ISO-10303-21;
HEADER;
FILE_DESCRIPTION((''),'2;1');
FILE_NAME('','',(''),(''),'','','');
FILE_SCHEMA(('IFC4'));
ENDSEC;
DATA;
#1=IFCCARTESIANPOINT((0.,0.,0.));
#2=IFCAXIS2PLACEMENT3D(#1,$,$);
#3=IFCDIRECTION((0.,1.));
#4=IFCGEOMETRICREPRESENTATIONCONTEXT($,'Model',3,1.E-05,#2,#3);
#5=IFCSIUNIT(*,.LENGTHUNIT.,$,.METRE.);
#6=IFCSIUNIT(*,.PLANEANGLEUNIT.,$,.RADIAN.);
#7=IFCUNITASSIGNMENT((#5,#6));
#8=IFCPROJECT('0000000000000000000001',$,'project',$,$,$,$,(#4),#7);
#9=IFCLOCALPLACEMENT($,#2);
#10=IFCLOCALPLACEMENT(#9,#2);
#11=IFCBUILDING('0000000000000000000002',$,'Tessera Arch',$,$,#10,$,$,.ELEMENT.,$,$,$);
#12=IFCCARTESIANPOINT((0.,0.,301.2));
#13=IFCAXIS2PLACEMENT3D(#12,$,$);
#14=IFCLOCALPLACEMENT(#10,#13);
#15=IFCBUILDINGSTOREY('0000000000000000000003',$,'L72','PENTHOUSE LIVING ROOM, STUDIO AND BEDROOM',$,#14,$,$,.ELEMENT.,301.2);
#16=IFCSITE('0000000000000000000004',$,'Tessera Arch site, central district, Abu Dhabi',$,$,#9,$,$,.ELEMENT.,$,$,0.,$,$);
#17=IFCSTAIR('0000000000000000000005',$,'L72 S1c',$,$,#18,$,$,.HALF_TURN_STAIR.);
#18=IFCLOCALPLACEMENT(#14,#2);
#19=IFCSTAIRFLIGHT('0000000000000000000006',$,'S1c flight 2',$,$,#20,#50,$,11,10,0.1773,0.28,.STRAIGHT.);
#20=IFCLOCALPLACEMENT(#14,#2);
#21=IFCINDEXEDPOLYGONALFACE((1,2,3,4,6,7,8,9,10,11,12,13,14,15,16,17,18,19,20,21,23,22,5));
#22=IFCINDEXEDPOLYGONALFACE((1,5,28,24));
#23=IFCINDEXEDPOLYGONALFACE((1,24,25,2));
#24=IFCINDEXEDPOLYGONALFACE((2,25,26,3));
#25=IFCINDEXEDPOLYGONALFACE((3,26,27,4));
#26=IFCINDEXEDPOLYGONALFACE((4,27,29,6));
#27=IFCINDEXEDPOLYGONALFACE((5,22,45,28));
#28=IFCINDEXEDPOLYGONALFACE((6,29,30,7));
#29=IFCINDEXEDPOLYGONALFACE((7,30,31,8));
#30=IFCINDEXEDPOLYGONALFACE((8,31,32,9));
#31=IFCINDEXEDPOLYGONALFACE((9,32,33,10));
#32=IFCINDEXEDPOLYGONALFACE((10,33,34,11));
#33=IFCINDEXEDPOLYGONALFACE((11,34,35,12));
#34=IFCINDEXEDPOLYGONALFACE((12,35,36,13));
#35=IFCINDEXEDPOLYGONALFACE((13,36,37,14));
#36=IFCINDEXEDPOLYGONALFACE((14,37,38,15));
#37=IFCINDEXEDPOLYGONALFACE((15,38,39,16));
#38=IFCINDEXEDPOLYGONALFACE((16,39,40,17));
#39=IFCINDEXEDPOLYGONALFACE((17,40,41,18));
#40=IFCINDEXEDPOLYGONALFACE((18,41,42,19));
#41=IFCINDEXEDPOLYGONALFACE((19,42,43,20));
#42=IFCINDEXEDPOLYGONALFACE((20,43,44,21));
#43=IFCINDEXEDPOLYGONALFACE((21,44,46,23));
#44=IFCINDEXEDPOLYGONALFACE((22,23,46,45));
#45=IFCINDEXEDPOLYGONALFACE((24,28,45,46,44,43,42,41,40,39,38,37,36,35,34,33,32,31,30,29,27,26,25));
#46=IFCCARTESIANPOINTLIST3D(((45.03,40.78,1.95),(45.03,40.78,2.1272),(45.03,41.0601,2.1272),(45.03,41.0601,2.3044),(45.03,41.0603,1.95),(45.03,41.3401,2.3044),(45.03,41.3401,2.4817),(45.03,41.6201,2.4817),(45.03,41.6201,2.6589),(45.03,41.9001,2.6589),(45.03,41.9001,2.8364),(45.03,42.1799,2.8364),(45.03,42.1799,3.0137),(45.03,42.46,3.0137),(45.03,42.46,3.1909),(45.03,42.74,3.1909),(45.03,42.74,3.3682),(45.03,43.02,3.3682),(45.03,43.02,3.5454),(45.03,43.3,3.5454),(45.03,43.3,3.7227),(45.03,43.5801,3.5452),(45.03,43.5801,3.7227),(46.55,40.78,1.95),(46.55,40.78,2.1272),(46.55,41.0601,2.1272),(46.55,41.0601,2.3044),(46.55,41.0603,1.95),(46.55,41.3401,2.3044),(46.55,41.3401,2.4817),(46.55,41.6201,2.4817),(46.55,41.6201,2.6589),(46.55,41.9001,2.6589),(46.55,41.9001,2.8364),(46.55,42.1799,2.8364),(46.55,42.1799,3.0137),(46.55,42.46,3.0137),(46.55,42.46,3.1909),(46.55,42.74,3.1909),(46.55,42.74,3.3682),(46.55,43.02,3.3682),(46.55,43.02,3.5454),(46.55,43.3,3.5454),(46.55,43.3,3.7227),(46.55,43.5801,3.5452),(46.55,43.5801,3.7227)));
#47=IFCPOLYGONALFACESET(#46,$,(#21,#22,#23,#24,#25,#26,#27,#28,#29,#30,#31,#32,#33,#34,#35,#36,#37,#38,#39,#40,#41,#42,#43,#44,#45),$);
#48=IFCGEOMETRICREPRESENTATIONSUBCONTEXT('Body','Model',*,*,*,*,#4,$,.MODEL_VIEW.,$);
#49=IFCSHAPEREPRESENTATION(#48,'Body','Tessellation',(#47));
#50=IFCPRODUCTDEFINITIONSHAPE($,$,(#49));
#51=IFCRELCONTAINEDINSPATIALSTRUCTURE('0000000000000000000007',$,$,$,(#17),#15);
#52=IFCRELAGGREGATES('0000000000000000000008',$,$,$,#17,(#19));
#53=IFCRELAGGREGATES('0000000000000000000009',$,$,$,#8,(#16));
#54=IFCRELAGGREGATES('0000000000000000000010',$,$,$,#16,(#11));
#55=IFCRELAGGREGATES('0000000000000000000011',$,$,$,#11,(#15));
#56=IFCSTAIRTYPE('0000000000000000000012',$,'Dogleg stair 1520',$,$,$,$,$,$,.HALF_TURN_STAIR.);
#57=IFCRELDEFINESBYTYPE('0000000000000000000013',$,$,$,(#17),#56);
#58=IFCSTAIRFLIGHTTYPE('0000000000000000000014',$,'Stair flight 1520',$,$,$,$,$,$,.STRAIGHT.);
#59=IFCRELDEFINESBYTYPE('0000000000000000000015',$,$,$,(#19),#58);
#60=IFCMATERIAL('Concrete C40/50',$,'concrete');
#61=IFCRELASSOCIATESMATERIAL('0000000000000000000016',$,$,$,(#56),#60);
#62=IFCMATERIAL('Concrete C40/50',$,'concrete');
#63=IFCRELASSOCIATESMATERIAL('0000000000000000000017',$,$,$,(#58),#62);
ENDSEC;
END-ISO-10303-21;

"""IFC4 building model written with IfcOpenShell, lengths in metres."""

from ifc_helpers import new_model, si_unit, direction, frame, origin, place, context, subcontext, project, spatial, polyline, outline, extrude, material, type_object, element, aggregate, save


model = new_model("IFC4")

# Units and contexts
model_context = context("Model", 3, precision=1e-05, world=origin(), true_north=direction((0.0, 1.0)))
body_context = subcontext(model_context, "Body", "Model", "MODEL_VIEW")
ifc_project = project(units=[si_unit("LENGTHUNIT", "METRE"), si_unit("PLANEANGLEUNIT", "RADIAN")], contexts=[model_context])

# Site, building, storey
site_placement = place(None, origin())
site = spatial("IfcSite", under=ifc_project, at=site_placement, Name="Tessera Arch site, central district, Abu Dhabi", CompositionType="ELEMENT", RefElevation=0.0)
building_placement = place(site_placement, origin())
building = spatial("IfcBuilding", under=site, at=building_placement, Name="Tessera Arch", CompositionType="ELEMENT")
storey_placement = place(building_placement, frame((0.0, 0.0, 301.2)))
storey = spatial("IfcBuildingStorey", under=building, at=storey_placement, Name="L72", Description="PENTHOUSE LIVING ROOM, STUDIO AND BEDROOM", CompositionType="ELEMENT", Elevation=301.2)

# Stair, stair flight
ifc_material_1 = material(Name="Concrete C40/50", Category="concrete")
stair_type = type_object("IfcStairType", Name="Dogleg stair 1520", PredefinedType="HALF_TURN_STAIR", material=ifc_material_1)
stair_placement = place(storey_placement, origin())
stair = element("IfcStair", 1, at=stair_placement, inside=storey, type_object=stair_type, Name="L72 S1c", PredefinedType="HALF_TURN_STAIR")
ifc_material_2 = material(Name="Concrete C40/50", Category="concrete")
stair_flight_type = type_object("IfcStairFlightType", Name="Stair flight 1520", PredefinedType="STRAIGHT", material=ifc_material_2)
stair_flight_placement = place(storey_placement, frame((45.79, 40.78, 1.95), z_axis=(0.0, 0.0, 1.0), x_axis=(0.0, 1.0, 0.0)))
stair_flight = element("IfcStairFlight", 2, at=stair_flight_placement, type_object=stair_flight_type, Name="S1c flight 2", NumberOfRisers=11, NumberOfTreads=10, PredefinedType="STRAIGHT", RiserHeight=0.1773, TreadLength=0.28, context=body_context, shape_type="SweptSolid", body=[
    extrude(outline(polyline([(0.0, 0.0), (0.0, 0.1772), (0.28, 0.1772), (0.28, 0.3545), (0.5601, 0.3545), (0.5601, 0.5317), (0.8401, 0.5317), (0.8401, 0.709), (1.1201, 0.709), (1.1201, 0.8865), (1.3999, 0.8865), (1.3999, 1.0637), (1.6799, 1.0637), (1.6799, 1.241), (1.96, 1.241), (1.96, 1.4182), (2.24, 1.4182), (2.24, 1.5955), (2.52, 1.5955), (2.52, 1.7727), (2.8, 1.7727), (2.8, 1.95), (2.8, 1.5952), (0.2803, 0.0), (0.0, 0.0)])), frame((0.0, 0.76, 0.0), z_axis=(0.0, -1.0, 0.0), x_axis=(1.0, 0.0, 0.0)), (0.0, 0.0, 1.0), 1.52),
])
aggregate(stair, [stair_flight])

save(model, "model.ifc")
